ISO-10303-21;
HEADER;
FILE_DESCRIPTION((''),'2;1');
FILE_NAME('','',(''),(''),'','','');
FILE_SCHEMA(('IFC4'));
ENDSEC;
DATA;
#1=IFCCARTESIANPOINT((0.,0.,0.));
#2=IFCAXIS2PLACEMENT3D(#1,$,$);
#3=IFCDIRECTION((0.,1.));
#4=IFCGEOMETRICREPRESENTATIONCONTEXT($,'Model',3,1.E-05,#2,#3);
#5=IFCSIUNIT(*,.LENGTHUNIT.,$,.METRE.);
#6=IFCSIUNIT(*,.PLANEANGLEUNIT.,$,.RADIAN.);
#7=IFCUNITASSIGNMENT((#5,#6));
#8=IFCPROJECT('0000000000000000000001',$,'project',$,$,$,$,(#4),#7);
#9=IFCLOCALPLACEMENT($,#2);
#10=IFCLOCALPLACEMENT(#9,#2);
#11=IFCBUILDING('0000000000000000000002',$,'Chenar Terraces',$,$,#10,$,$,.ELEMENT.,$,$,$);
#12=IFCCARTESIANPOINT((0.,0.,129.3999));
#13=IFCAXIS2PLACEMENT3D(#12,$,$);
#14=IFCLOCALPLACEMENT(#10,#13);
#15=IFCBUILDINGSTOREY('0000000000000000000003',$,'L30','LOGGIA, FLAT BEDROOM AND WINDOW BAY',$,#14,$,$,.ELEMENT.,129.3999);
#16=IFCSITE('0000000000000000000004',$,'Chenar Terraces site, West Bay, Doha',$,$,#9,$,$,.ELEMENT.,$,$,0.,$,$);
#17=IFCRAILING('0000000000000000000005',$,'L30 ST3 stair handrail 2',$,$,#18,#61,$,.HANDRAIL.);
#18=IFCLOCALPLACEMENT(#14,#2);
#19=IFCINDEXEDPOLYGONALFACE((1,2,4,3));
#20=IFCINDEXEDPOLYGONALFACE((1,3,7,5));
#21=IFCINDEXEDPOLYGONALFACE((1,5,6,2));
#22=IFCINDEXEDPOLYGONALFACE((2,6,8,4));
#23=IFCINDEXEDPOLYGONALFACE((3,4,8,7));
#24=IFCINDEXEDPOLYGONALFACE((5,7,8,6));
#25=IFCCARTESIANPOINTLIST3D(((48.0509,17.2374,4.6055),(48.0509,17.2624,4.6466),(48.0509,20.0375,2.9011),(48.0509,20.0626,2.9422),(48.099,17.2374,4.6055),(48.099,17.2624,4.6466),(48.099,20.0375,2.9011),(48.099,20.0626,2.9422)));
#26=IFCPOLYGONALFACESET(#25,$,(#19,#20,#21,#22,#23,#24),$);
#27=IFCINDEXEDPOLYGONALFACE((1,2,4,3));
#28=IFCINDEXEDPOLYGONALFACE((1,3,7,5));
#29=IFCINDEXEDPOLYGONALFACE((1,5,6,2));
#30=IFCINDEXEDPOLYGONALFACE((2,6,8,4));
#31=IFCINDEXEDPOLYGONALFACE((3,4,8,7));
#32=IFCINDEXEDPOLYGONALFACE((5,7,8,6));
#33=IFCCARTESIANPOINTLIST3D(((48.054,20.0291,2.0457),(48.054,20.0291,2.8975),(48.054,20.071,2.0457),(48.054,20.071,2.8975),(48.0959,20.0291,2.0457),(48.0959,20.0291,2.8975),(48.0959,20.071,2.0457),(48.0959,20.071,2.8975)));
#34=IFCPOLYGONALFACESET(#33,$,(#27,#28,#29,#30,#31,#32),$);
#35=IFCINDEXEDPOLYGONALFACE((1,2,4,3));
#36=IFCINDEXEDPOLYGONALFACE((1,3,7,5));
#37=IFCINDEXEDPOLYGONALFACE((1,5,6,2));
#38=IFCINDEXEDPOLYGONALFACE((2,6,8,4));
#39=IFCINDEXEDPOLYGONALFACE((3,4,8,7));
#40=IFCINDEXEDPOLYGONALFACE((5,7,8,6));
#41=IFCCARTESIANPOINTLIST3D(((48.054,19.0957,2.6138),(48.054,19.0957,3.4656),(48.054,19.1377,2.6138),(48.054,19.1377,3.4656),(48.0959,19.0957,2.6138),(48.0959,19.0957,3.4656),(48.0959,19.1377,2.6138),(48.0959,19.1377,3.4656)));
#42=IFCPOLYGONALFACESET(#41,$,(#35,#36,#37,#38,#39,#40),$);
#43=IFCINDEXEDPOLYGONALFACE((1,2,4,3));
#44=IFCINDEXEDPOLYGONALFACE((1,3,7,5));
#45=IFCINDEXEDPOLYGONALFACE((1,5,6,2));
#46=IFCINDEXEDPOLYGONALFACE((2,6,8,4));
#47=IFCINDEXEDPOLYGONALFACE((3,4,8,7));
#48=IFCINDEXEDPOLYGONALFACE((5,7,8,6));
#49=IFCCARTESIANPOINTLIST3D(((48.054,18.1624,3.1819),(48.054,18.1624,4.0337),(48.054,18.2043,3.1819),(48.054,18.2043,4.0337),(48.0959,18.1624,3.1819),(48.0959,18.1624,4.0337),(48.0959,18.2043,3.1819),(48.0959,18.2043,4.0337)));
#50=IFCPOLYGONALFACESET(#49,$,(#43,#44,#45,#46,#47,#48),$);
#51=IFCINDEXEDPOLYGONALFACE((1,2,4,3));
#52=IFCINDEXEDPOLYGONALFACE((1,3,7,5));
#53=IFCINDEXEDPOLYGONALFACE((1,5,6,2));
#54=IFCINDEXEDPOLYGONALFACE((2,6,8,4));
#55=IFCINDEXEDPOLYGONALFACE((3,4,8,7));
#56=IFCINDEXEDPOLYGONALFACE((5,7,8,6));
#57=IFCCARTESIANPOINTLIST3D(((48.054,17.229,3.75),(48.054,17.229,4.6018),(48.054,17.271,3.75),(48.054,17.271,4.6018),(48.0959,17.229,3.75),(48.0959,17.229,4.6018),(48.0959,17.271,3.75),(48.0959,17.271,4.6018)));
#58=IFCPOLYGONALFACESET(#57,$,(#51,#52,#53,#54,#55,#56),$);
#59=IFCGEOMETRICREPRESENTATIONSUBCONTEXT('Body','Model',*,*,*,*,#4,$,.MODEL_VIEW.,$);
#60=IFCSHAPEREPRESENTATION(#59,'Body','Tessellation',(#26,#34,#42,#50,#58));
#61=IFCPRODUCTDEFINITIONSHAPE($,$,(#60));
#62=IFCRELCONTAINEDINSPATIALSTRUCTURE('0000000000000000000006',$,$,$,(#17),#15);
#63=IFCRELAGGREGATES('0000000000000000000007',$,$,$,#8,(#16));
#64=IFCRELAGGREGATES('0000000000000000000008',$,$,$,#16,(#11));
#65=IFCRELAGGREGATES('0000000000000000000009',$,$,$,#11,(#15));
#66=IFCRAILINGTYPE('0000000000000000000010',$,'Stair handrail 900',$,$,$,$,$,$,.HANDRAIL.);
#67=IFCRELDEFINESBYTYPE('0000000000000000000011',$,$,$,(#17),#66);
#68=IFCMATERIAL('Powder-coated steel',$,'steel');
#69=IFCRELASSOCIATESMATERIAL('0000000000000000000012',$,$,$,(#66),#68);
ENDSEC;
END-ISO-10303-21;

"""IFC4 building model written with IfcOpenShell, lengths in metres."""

from ifc_helpers import new_model, si_unit, direction, frame, origin, origin_2d, place, context, subcontext, project, spatial, rectangle, extrude, material, type_object, element, save


model = new_model("IFC4")

# Units and contexts
model_context = context("Model", 3, precision=1e-05, world=origin(), true_north=direction((0.0, 1.0)))
body_context = subcontext(model_context, "Body", "Model", "MODEL_VIEW")
ifc_project = project(units=[si_unit("LENGTHUNIT", "METRE"), si_unit("PLANEANGLEUNIT", "RADIAN")], contexts=[model_context])

# Site, building, storey
site_placement = place(None, origin())
site = spatial("IfcSite", under=ifc_project, at=site_placement, Name="Chenar Terraces site, West Bay, Doha", CompositionType="ELEMENT", RefElevation=0.0)
building_placement = place(site_placement, origin())
building = spatial("IfcBuilding", under=site, at=building_placement, Name="Chenar Terraces", CompositionType="ELEMENT")
storey_placement = place(building_placement, frame((0.0, 0.0, 129.3999)))
storey = spatial("IfcBuildingStorey", under=building, at=storey_placement, Name="L30", Description="LOGGIA, FLAT BEDROOM AND WINDOW BAY", CompositionType="ELEMENT", Elevation=129.3999)

# Railing
ifc_material_1 = material(Name="Powder-coated steel", Category="steel")
railing_type_1 = type_object("IfcRailingType", Name="Stair handrail 900", PredefinedType="HANDRAIL", material=ifc_material_1)
railing_1_placement = place(storey_placement, frame((48.075, 20.05, 2.0457)))
element("IfcRailing", 1, at=railing_1_placement, inside=storey, type_object=railing_type_1, Name="L30 ST3 stair handrail 2", PredefinedType="HANDRAIL", context=body_context, shape_type="SweptSolid", body=[
    extrude(rectangle(XDim=0.0481, YDim=0.0481, at=origin_2d()), frame((0.0, 0.0, 0.876), z_axis=(0.0, -0.854203, 0.51994), x_axis=(1.0, 0.0, 0.0)), (0.0, 0.0, 1.0), 3.2781),
    extrude(rectangle(XDim=0.042, YDim=0.042, at=origin_2d()), origin(), (0.0, 0.0, 1.0), 0.8518),
    extrude(rectangle(XDim=0.042, YDim=0.042, at=origin_2d()), frame((0.0, -0.9333, 0.5681)), (0.0, 0.0, 1.0), 0.8518),
    extrude(rectangle(XDim=0.042, YDim=0.042, at=origin_2d()), frame((0.0, -1.8667, 1.1362)), (0.0, 0.0, 1.0), 0.8518),
    extrude(rectangle(XDim=0.042, YDim=0.042, at=origin_2d()), frame((0.0, -2.8, 1.7043)), (0.0, 0.0, 1.0), 0.8518),
])

save(model, "model.ifc")
